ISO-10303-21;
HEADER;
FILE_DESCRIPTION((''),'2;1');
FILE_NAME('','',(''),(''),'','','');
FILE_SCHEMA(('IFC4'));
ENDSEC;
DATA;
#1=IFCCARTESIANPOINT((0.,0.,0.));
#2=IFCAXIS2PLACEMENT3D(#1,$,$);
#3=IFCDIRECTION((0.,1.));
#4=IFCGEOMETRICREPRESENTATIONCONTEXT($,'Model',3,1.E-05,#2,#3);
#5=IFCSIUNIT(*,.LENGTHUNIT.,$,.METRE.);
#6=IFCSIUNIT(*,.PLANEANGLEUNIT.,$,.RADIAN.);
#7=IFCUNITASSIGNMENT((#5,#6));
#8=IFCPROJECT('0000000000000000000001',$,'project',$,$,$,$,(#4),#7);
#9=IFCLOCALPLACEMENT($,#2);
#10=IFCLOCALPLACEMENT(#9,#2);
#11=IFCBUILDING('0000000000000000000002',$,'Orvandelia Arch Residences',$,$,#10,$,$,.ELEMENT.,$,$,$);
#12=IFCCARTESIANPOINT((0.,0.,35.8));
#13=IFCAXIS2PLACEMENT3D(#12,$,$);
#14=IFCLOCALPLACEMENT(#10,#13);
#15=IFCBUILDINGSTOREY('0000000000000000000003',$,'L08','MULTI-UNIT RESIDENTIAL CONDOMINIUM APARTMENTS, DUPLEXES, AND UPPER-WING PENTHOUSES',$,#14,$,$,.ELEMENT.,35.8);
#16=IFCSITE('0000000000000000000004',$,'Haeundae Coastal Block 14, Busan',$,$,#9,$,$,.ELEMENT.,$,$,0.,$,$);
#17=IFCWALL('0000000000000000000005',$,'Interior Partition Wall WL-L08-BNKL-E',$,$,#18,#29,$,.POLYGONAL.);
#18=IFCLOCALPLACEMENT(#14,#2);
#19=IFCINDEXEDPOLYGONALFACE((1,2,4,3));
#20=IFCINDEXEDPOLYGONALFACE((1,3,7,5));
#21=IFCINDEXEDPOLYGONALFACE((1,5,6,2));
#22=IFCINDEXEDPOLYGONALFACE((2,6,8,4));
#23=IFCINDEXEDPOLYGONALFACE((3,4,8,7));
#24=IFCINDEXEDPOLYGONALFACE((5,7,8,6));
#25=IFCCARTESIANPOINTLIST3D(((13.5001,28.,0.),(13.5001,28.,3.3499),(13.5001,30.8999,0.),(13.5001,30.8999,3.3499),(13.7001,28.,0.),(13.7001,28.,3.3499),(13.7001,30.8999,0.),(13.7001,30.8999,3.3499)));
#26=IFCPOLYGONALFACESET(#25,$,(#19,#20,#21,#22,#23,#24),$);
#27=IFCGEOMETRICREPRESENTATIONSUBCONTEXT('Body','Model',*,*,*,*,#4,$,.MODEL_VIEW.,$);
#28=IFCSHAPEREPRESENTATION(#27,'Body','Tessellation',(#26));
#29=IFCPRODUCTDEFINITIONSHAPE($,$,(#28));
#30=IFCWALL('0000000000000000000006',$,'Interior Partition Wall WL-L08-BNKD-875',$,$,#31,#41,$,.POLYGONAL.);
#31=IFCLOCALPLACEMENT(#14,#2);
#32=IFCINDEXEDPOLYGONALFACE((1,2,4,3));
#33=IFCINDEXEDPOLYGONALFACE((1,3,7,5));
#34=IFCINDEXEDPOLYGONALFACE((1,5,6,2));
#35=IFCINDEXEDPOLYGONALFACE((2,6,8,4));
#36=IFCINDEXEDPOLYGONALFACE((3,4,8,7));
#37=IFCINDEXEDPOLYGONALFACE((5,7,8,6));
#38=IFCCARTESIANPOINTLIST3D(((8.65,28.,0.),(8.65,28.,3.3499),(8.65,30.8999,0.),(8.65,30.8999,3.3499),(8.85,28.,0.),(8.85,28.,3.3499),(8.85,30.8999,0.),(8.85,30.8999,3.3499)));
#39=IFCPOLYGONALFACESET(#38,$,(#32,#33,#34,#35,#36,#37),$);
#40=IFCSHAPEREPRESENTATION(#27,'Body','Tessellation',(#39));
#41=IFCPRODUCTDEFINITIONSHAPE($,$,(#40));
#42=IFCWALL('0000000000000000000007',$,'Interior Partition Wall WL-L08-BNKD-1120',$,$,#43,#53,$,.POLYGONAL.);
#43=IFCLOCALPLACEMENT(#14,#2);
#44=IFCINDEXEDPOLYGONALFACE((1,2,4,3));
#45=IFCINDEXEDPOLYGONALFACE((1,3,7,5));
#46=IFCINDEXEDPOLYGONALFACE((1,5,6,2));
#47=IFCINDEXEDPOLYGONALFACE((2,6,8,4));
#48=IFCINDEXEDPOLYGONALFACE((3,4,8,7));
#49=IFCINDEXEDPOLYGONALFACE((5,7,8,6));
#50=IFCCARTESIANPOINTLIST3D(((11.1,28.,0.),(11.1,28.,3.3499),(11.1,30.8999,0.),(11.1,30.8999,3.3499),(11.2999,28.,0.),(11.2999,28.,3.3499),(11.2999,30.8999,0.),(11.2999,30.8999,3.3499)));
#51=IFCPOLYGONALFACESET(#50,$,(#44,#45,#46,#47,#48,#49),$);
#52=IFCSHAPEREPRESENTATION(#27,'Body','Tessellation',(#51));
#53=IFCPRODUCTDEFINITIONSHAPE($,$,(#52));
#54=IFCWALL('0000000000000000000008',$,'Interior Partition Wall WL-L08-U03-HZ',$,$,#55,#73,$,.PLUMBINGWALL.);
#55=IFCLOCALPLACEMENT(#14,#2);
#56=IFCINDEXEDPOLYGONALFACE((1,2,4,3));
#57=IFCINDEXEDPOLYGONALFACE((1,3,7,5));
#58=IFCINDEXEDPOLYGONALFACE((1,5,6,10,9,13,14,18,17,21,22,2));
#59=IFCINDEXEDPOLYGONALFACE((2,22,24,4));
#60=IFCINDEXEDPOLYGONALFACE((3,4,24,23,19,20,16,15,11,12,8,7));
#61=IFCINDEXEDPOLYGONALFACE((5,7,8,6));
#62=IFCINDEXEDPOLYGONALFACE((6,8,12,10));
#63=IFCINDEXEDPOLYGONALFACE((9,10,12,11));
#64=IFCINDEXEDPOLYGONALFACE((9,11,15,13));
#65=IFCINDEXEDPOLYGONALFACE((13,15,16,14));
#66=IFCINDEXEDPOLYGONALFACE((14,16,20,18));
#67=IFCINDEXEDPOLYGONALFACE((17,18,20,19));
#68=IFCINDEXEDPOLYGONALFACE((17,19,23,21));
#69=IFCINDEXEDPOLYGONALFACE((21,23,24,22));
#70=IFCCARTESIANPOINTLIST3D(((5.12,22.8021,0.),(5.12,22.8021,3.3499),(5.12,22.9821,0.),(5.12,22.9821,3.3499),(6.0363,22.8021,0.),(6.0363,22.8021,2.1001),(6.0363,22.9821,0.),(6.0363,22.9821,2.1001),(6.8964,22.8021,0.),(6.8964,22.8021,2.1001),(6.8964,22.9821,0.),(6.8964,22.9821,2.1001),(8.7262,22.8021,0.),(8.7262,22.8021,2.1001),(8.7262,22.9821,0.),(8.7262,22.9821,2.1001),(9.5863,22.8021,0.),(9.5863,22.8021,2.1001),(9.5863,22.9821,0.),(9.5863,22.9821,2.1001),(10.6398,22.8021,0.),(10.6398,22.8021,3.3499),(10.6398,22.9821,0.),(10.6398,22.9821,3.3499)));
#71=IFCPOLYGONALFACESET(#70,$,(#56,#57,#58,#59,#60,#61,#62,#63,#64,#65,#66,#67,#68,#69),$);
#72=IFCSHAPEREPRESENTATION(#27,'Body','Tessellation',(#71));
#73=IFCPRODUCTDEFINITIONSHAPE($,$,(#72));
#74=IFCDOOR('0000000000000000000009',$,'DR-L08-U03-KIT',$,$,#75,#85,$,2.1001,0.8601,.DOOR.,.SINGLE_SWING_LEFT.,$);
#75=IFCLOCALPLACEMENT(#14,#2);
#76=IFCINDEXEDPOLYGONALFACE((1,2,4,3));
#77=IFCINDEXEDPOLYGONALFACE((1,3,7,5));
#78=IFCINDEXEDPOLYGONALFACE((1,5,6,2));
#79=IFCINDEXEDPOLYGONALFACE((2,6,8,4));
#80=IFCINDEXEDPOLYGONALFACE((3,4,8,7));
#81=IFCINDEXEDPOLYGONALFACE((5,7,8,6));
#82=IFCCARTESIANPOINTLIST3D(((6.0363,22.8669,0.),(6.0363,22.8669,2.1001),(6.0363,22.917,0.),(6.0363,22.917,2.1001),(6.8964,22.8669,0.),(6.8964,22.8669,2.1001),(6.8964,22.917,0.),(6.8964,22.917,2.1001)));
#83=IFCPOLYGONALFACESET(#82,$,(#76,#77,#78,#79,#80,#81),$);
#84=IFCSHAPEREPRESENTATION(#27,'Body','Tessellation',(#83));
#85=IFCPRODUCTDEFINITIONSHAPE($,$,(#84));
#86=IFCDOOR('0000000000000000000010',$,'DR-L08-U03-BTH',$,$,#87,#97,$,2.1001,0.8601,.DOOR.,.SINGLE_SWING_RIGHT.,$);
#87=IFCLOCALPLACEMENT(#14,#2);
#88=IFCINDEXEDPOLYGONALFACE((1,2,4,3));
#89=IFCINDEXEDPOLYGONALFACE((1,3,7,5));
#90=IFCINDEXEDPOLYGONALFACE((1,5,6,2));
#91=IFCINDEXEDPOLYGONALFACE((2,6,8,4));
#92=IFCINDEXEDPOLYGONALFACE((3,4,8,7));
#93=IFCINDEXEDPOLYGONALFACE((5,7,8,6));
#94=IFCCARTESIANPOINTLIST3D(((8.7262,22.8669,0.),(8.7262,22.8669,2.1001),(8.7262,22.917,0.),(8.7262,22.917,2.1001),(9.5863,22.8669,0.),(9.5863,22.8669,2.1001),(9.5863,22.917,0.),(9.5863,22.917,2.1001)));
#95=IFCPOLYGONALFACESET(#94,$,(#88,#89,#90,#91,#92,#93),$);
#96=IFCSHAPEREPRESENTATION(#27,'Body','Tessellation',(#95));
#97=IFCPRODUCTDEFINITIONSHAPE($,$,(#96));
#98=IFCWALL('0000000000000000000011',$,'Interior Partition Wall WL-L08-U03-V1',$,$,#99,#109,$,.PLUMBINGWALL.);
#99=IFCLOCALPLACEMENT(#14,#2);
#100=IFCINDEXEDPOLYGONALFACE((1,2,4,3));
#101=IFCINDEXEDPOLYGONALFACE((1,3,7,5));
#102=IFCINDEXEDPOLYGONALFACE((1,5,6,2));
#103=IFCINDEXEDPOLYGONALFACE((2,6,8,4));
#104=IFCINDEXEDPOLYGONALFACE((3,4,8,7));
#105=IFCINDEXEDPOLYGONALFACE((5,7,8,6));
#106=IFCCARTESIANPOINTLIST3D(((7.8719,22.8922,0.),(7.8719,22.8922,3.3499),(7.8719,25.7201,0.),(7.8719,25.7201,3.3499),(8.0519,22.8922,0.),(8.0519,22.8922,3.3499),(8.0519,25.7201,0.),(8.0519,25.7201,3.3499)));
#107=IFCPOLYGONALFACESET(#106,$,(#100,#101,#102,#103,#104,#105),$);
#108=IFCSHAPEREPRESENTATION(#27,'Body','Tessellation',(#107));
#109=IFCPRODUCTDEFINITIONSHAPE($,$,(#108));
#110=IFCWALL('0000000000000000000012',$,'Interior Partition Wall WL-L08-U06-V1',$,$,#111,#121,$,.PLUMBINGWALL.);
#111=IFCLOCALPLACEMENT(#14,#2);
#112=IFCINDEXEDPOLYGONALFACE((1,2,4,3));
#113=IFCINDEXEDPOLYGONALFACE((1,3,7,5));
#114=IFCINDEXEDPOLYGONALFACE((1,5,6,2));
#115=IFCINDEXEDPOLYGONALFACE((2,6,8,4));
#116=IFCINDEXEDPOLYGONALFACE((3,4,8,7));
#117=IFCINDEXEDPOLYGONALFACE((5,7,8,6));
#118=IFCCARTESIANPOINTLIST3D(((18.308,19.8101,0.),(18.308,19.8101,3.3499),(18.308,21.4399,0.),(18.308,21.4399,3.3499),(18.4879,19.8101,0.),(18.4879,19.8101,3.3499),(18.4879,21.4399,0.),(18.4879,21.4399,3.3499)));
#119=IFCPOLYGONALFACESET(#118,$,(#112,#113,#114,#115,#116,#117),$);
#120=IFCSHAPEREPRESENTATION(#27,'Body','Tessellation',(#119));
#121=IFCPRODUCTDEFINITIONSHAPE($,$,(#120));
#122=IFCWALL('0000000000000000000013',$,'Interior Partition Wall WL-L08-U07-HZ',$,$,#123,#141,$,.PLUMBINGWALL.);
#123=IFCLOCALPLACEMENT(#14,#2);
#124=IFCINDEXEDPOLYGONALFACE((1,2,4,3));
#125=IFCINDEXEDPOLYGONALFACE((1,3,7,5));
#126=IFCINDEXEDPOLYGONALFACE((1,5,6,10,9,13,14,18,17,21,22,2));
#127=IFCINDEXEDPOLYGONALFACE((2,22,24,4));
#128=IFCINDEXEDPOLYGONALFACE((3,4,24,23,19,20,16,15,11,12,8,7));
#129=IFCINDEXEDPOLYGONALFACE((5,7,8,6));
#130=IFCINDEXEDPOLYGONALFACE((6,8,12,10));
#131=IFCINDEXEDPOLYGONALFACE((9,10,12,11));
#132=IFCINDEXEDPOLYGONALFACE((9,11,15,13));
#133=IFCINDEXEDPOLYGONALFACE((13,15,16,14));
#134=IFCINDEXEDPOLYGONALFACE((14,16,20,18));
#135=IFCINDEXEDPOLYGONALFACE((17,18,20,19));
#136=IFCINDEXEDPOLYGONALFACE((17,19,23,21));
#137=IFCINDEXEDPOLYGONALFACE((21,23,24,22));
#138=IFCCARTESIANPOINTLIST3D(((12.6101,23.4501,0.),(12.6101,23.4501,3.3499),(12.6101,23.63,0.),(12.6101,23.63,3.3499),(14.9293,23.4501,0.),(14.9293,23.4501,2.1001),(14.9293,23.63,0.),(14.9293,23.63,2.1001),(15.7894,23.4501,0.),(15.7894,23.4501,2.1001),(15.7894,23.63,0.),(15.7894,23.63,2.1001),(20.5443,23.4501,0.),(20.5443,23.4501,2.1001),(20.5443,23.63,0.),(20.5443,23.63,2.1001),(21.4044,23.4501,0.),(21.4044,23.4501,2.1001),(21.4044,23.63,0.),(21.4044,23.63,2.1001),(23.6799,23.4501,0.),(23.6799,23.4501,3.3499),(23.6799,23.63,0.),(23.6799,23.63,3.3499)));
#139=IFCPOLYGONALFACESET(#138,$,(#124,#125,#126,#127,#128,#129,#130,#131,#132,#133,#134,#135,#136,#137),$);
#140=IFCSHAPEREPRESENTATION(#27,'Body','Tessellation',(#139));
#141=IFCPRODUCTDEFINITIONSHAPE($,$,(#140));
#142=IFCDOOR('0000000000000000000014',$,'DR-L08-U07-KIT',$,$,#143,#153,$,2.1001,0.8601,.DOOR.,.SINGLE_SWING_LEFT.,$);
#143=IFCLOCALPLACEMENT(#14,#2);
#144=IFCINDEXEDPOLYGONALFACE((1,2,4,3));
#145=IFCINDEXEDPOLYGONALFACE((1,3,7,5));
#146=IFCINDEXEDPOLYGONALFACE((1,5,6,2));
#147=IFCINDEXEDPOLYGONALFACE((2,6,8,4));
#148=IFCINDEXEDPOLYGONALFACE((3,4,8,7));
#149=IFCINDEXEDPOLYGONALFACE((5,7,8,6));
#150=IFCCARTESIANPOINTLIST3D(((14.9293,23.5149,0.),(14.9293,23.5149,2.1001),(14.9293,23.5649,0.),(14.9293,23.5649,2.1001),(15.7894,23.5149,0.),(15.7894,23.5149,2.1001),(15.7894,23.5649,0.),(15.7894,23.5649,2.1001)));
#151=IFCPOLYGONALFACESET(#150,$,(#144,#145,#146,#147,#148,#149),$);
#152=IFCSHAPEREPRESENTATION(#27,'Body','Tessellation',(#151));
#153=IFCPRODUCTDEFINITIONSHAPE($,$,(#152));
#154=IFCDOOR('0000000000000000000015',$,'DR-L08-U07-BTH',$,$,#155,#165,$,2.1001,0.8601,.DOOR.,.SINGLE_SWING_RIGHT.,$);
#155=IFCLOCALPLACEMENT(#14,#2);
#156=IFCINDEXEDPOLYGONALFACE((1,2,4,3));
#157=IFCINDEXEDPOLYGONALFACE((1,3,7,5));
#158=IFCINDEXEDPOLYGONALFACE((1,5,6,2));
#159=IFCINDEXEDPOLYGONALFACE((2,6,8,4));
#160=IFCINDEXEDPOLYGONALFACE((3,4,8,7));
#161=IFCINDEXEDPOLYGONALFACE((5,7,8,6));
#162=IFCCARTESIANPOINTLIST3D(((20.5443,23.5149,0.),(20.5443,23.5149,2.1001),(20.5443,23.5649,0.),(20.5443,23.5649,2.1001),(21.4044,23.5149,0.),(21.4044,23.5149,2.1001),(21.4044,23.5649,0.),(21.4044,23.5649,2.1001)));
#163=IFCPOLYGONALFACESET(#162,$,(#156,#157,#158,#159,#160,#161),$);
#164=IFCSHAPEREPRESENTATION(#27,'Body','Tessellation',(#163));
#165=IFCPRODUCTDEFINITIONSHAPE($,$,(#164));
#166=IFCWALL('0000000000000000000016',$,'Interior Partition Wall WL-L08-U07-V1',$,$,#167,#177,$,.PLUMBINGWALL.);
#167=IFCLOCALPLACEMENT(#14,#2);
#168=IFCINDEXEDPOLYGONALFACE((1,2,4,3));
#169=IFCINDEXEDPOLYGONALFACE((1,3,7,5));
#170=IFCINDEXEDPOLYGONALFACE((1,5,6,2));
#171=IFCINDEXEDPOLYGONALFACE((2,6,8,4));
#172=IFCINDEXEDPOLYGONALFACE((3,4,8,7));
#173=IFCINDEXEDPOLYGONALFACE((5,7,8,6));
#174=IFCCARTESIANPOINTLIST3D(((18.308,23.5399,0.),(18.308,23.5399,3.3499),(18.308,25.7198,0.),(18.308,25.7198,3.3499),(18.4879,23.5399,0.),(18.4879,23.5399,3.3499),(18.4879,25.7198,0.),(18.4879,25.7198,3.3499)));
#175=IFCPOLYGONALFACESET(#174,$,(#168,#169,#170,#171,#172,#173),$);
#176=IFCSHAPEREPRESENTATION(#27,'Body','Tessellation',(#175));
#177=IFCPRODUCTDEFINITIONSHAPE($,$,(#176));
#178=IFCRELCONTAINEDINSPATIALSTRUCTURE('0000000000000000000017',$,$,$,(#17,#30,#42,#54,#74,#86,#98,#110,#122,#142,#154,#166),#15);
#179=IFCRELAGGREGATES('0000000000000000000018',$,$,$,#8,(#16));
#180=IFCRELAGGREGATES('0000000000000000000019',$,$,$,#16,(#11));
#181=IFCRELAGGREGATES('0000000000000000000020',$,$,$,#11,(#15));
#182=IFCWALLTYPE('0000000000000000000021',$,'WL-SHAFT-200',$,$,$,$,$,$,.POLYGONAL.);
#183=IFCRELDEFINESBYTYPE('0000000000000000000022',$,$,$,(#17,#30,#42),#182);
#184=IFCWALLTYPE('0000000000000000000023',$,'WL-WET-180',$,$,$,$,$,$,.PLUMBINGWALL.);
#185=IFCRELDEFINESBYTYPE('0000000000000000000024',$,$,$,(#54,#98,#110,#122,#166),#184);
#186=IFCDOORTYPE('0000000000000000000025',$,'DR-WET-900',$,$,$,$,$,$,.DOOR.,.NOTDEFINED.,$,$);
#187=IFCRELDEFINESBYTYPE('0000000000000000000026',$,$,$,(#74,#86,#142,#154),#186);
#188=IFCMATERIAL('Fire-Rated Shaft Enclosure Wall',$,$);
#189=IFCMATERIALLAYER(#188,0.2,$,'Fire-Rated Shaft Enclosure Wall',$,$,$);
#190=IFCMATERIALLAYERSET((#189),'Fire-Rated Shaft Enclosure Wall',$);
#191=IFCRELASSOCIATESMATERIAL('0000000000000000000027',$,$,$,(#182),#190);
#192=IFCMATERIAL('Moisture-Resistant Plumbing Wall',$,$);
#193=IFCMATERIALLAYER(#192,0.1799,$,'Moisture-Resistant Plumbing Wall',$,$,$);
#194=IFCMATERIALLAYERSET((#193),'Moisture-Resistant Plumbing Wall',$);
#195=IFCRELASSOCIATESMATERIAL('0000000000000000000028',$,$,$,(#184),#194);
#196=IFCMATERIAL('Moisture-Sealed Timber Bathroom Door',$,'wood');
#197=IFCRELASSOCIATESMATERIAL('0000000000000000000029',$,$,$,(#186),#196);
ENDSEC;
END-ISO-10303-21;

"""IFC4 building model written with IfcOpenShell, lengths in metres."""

from ifc_helpers import new_model, si_unit, direction, frame, frame_2d, origin, place, context, subcontext, project, spatial, rectangle, extrude, material, layer, layer_set, type_object, element, fill, save


model = new_model("IFC4")

# Units and contexts
model_context = context("Model", 3, precision=1e-05, world=origin(), true_north=direction((0.0, 1.0)))
body_context = subcontext(model_context, "Body", "Model", "MODEL_VIEW")
ifc_project = project(units=[si_unit("LENGTHUNIT", "METRE"), si_unit("PLANEANGLEUNIT", "RADIAN")], contexts=[model_context])

# Site, building, storey
site_placement = place(None, origin())
site = spatial("IfcSite", under=ifc_project, at=site_placement, Name="Haeundae Coastal Block 14, Busan", CompositionType="ELEMENT", RefElevation=0.0)
building_placement = place(site_placement, origin())
building = spatial("IfcBuilding", under=site, at=building_placement, Name="Orvandelia Arch Residences", CompositionType="ELEMENT")
storey_placement = place(building_placement, frame((0.0, 0.0, 35.8)))
storey = spatial("IfcBuildingStorey", under=building, at=storey_placement, Name="L08", Description="MULTI-UNIT RESIDENTIAL CONDOMINIUM APARTMENTS, DUPLEXES, AND UPPER-WING PENTHOUSES", CompositionType="ELEMENT", Elevation=35.8)

# Shared definitions
ifc_material_1 = material(Name="Fire-Rated Shaft Enclosure Wall")
ifc_layer_1 = layer(ifc_material_1, 0.2, Name="Fire-Rated Shaft Enclosure Wall")
ifc_layer_set_1 = layer_set([ifc_layer_1], Name="Fire-Rated Shaft Enclosure Wall")
wall_type_1 = type_object("IfcWallType", Name="WL-SHAFT-200", PredefinedType="POLYGONAL", material=ifc_layer_set_1)

# Walls
for number, where, z_axis, x_axis, name in (
    (1, (13.6001, 28.0, 0.0), (0.0, 0.0, 1.0), (0.0, 1.0, 0.0), "Interior Partition Wall WL-L08-BNKL-E"),
    (2, (8.75, 28.0, 0.0), (0.0, 0.0, 1.0), (0.0, 1.0, 0.0), "Interior Partition Wall WL-L08-BNKD-875"),
    (3, (11.2, 28.0, 0.0), (0.0, 0.0, 1.0), (0.0, 1.0, 0.0), "Interior Partition Wall WL-L08-BNKD-1120"),
):
    element("IfcWall", number, at=place(storey_placement, frame(where, z_axis=z_axis, x_axis=x_axis)), inside=storey, type_object=wall_type_1, Name=name, PredefinedType="POLYGONAL", context=body_context, shape_type="SweptSolid", body=[
        extrude(rectangle(XDim=2.8999, YDim=0.2, at=frame_2d((1.45, 0.0))), origin(), (0.0, 0.0, 1.0), 3.3499),
    ])

# Wall, openings, doors
ifc_material_2 = material(Name="Moisture-Resistant Plumbing Wall")
ifc_layer_2 = layer(ifc_material_2, 0.1799, Name="Moisture-Resistant Plumbing Wall")
ifc_layer_set_2 = layer_set([ifc_layer_2], Name="Moisture-Resistant Plumbing Wall")
wall_type_2 = type_object("IfcWallType", Name="WL-WET-180", PredefinedType="PLUMBINGWALL", material=ifc_layer_set_2)
wall_1_placement = place(storey_placement, frame((5.1201, 22.8921, 0.0), z_axis=(0.0, 0.0, 1.0), x_axis=(1.0, 0.0, 0.0)))
wall_1 = element("IfcWall", 4, at=wall_1_placement, inside=storey, type_object=wall_type_2, Name="Interior Partition Wall WL-L08-U03-HZ", PredefinedType="PLUMBINGWALL", context=body_context, shape_type="SweptSolid", body=[
    extrude(rectangle(XDim=5.5198, YDim=0.1799, at=frame_2d((2.7598, 0.0))), origin(), (0.0, 0.0, 1.0), 3.3499),
])
opening_1_placement = place(wall_1_placement, frame((0.916, 0.0, 0.0)))
opening_1 = element("IfcOpeningElement", 5, at=opening_1_placement, cuts=wall_1, PredefinedType="OPENING", context=body_context, shape_type="SweptSolid", body=[
    extrude(rectangle(XDim=0.8601, YDim=2.1001, at=frame_2d((0.4302, 1.05))), frame((0.0, 0.1001, 0.0), z_axis=(0.0, -1.0, 0.0), x_axis=(1.0, 0.0, 0.0)), (0.0, 0.0, 1.0), 0.2),
])
opening_2_placement = place(wall_1_placement, frame((3.606, 0.0, 0.0)))
opening_2 = element("IfcOpeningElement", 6, at=opening_2_placement, cuts=wall_1, PredefinedType="OPENING", context=body_context, shape_type="SweptSolid", body=[
    extrude(rectangle(XDim=0.8601, YDim=2.1001, at=frame_2d((0.4302, 1.05))), frame((0.0, 0.1001, 0.0), z_axis=(0.0, -1.0, 0.0), x_axis=(1.0, 0.0, 0.0)), (0.0, 0.0, 1.0), 0.2),
])
ifc_material_3 = material(Name="Moisture-Sealed Timber Bathroom Door", Category="wood")
door_type_1 = type_object("IfcDoorType", Name="DR-WET-900", OperationType="NOTDEFINED", PredefinedType="DOOR", material=ifc_material_3)
door_1_placement = place(opening_1_placement, origin())
door_1 = element("IfcDoor", 7, at=door_1_placement, inside=storey, type_object=door_type_1, Name="DR-L08-U03-KIT", OperationType="SINGLE_SWING_LEFT", OverallHeight=2.1001, OverallWidth=0.8601, PredefinedType="DOOR", context=body_context, shape_type="SweptSolid", body=[
    extrude(rectangle(XDim=0.8601, YDim=2.1001, at=frame_2d((0.4302, 1.05))), frame((0.0, 0.0249, 0.0), z_axis=(0.0, -1.0, 0.0), x_axis=(1.0, 0.0, 0.0)), (0.0, 0.0, 1.0), 0.05),
])
fill(opening_1, door_1)
door_2_placement = place(opening_2_placement, origin())
door_2 = element("IfcDoor", 8, at=door_2_placement, inside=storey, type_object=door_type_1, Name="DR-L08-U03-BTH", OperationType="SINGLE_SWING_RIGHT", OverallHeight=2.1001, OverallWidth=0.8601, PredefinedType="DOOR", context=body_context, shape_type="SweptSolid", body=[
    extrude(rectangle(XDim=0.8601, YDim=2.1001, at=frame_2d((0.4302, 1.05))), frame((0.0, 0.0249, 0.0), z_axis=(0.0, -1.0, 0.0), x_axis=(1.0, 0.0, 0.0)), (0.0, 0.0, 1.0), 0.05),
])
fill(opening_2, door_2)

# Walls
wall_2_placement = place(storey_placement, frame((7.9619, 22.8921, 0.0), z_axis=(0.0, 0.0, 1.0), x_axis=(0.0, 1.0, 0.0)))
element("IfcWall", 9, at=wall_2_placement, inside=storey, type_object=wall_type_2, Name="Interior Partition Wall WL-L08-U03-V1", PredefinedType="PLUMBINGWALL", context=body_context, shape_type="SweptSolid", body=[
    extrude(rectangle(XDim=2.8279, YDim=0.1799, at=frame_2d((1.4141, 0.0))), origin(), (0.0, 0.0, 1.0), 3.3499),
])
wall_3_placement = place(storey_placement, frame((18.3979, 19.8101, 0.0), z_axis=(0.0, 0.0, 1.0), x_axis=(0.0, 1.0, 0.0)))
element("IfcWall", 10, at=wall_3_placement, inside=storey, type_object=wall_type_2, Name="Interior Partition Wall WL-L08-U06-V1", PredefinedType="PLUMBINGWALL", context=body_context, shape_type="SweptSolid", body=[
    extrude(rectangle(XDim=1.6299, YDim=0.1799, at=frame_2d((0.8149, 0.0))), origin(), (0.0, 0.0, 1.0), 3.3499),
])

# Wall, openings, doors
wall_4_placement = place(storey_placement, frame((12.6101, 23.54, 0.0), z_axis=(0.0, 0.0, 1.0), x_axis=(1.0, 0.0, 0.0)))
wall_4 = element("IfcWall", 11, at=wall_4_placement, inside=storey, type_object=wall_type_2, Name="Interior Partition Wall WL-L08-U07-HZ", PredefinedType="PLUMBINGWALL", context=body_context, shape_type="SweptSolid", body=[
    extrude(rectangle(XDim=11.0698, YDim=0.1799, at=frame_2d((5.5349, 0.0))), origin(), (0.0, 0.0, 1.0), 3.3499),
])
opening_3_placement = place(wall_4_placement, frame((2.3191, 0.0, 0.0)))
opening_3 = element("IfcOpeningElement", 12, at=opening_3_placement, cuts=wall_4, PredefinedType="OPENING", context=body_context, shape_type="SweptSolid", body=[
    extrude(rectangle(XDim=0.8601, YDim=2.1001, at=frame_2d((0.4302, 1.05))), frame((0.0, 0.1001, 0.0), z_axis=(0.0, -1.0, 0.0), x_axis=(1.0, 0.0, 0.0)), (0.0, 0.0, 1.0), 0.2),
])
opening_4_placement = place(wall_4_placement, frame((7.9341, 0.0, 0.0)))
opening_4 = element("IfcOpeningElement", 13, at=opening_4_placement, cuts=wall_4, PredefinedType="OPENING", context=body_context, shape_type="SweptSolid", body=[
    extrude(rectangle(XDim=0.8601, YDim=2.1001, at=frame_2d((0.4302, 1.05))), frame((0.0, 0.1001, 0.0), z_axis=(0.0, -1.0, 0.0), x_axis=(1.0, 0.0, 0.0)), (0.0, 0.0, 1.0), 0.2),
])
door_3_placement = place(opening_3_placement, origin())
door_3 = element("IfcDoor", 14, at=door_3_placement, inside=storey, type_object=door_type_1, Name="DR-L08-U07-KIT", OperationType="SINGLE_SWING_LEFT", OverallHeight=2.1001, OverallWidth=0.8601, PredefinedType="DOOR", context=body_context, shape_type="SweptSolid", body=[
    extrude(rectangle(XDim=0.8601, YDim=2.1001, at=frame_2d((0.4302, 1.05))), frame((0.0, 0.0249, 0.0), z_axis=(0.0, -1.0, 0.0), x_axis=(1.0, 0.0, 0.0)), (0.0, 0.0, 1.0), 0.05),
])
fill(opening_3, door_3)
door_4_placement = place(opening_4_placement, origin())
door_4 = element("IfcDoor", 15, at=door_4_placement, inside=storey, type_object=door_type_1, Name="DR-L08-U07-BTH", OperationType="SINGLE_SWING_RIGHT", OverallHeight=2.1001, OverallWidth=0.8601, PredefinedType="DOOR", context=body_context, shape_type="SweptSolid", body=[
    extrude(rectangle(XDim=0.8601, YDim=2.1001, at=frame_2d((0.4302, 1.05))), frame((0.0, 0.0249, 0.0), z_axis=(0.0, -1.0, 0.0), x_axis=(1.0, 0.0, 0.0)), (0.0, 0.0, 1.0), 0.05),
])
fill(opening_4, door_4)

# Wall
wall_5_placement = place(storey_placement, frame((18.3979, 23.54, 0.0), z_axis=(0.0, 0.0, 1.0), x_axis=(0.0, 1.0, 0.0)))
element("IfcWall", 16, at=wall_5_placement, inside=storey, type_object=wall_type_2, Name="Interior Partition Wall WL-L08-U07-V1", PredefinedType="PLUMBINGWALL", context=body_context, shape_type="SweptSolid", body=[
    extrude(rectangle(XDim=2.1799, YDim=0.1799, at=frame_2d((1.0898, 0.0))), origin(), (0.0, 0.0, 1.0), 3.3499),
])

save(model, "model.ifc")
